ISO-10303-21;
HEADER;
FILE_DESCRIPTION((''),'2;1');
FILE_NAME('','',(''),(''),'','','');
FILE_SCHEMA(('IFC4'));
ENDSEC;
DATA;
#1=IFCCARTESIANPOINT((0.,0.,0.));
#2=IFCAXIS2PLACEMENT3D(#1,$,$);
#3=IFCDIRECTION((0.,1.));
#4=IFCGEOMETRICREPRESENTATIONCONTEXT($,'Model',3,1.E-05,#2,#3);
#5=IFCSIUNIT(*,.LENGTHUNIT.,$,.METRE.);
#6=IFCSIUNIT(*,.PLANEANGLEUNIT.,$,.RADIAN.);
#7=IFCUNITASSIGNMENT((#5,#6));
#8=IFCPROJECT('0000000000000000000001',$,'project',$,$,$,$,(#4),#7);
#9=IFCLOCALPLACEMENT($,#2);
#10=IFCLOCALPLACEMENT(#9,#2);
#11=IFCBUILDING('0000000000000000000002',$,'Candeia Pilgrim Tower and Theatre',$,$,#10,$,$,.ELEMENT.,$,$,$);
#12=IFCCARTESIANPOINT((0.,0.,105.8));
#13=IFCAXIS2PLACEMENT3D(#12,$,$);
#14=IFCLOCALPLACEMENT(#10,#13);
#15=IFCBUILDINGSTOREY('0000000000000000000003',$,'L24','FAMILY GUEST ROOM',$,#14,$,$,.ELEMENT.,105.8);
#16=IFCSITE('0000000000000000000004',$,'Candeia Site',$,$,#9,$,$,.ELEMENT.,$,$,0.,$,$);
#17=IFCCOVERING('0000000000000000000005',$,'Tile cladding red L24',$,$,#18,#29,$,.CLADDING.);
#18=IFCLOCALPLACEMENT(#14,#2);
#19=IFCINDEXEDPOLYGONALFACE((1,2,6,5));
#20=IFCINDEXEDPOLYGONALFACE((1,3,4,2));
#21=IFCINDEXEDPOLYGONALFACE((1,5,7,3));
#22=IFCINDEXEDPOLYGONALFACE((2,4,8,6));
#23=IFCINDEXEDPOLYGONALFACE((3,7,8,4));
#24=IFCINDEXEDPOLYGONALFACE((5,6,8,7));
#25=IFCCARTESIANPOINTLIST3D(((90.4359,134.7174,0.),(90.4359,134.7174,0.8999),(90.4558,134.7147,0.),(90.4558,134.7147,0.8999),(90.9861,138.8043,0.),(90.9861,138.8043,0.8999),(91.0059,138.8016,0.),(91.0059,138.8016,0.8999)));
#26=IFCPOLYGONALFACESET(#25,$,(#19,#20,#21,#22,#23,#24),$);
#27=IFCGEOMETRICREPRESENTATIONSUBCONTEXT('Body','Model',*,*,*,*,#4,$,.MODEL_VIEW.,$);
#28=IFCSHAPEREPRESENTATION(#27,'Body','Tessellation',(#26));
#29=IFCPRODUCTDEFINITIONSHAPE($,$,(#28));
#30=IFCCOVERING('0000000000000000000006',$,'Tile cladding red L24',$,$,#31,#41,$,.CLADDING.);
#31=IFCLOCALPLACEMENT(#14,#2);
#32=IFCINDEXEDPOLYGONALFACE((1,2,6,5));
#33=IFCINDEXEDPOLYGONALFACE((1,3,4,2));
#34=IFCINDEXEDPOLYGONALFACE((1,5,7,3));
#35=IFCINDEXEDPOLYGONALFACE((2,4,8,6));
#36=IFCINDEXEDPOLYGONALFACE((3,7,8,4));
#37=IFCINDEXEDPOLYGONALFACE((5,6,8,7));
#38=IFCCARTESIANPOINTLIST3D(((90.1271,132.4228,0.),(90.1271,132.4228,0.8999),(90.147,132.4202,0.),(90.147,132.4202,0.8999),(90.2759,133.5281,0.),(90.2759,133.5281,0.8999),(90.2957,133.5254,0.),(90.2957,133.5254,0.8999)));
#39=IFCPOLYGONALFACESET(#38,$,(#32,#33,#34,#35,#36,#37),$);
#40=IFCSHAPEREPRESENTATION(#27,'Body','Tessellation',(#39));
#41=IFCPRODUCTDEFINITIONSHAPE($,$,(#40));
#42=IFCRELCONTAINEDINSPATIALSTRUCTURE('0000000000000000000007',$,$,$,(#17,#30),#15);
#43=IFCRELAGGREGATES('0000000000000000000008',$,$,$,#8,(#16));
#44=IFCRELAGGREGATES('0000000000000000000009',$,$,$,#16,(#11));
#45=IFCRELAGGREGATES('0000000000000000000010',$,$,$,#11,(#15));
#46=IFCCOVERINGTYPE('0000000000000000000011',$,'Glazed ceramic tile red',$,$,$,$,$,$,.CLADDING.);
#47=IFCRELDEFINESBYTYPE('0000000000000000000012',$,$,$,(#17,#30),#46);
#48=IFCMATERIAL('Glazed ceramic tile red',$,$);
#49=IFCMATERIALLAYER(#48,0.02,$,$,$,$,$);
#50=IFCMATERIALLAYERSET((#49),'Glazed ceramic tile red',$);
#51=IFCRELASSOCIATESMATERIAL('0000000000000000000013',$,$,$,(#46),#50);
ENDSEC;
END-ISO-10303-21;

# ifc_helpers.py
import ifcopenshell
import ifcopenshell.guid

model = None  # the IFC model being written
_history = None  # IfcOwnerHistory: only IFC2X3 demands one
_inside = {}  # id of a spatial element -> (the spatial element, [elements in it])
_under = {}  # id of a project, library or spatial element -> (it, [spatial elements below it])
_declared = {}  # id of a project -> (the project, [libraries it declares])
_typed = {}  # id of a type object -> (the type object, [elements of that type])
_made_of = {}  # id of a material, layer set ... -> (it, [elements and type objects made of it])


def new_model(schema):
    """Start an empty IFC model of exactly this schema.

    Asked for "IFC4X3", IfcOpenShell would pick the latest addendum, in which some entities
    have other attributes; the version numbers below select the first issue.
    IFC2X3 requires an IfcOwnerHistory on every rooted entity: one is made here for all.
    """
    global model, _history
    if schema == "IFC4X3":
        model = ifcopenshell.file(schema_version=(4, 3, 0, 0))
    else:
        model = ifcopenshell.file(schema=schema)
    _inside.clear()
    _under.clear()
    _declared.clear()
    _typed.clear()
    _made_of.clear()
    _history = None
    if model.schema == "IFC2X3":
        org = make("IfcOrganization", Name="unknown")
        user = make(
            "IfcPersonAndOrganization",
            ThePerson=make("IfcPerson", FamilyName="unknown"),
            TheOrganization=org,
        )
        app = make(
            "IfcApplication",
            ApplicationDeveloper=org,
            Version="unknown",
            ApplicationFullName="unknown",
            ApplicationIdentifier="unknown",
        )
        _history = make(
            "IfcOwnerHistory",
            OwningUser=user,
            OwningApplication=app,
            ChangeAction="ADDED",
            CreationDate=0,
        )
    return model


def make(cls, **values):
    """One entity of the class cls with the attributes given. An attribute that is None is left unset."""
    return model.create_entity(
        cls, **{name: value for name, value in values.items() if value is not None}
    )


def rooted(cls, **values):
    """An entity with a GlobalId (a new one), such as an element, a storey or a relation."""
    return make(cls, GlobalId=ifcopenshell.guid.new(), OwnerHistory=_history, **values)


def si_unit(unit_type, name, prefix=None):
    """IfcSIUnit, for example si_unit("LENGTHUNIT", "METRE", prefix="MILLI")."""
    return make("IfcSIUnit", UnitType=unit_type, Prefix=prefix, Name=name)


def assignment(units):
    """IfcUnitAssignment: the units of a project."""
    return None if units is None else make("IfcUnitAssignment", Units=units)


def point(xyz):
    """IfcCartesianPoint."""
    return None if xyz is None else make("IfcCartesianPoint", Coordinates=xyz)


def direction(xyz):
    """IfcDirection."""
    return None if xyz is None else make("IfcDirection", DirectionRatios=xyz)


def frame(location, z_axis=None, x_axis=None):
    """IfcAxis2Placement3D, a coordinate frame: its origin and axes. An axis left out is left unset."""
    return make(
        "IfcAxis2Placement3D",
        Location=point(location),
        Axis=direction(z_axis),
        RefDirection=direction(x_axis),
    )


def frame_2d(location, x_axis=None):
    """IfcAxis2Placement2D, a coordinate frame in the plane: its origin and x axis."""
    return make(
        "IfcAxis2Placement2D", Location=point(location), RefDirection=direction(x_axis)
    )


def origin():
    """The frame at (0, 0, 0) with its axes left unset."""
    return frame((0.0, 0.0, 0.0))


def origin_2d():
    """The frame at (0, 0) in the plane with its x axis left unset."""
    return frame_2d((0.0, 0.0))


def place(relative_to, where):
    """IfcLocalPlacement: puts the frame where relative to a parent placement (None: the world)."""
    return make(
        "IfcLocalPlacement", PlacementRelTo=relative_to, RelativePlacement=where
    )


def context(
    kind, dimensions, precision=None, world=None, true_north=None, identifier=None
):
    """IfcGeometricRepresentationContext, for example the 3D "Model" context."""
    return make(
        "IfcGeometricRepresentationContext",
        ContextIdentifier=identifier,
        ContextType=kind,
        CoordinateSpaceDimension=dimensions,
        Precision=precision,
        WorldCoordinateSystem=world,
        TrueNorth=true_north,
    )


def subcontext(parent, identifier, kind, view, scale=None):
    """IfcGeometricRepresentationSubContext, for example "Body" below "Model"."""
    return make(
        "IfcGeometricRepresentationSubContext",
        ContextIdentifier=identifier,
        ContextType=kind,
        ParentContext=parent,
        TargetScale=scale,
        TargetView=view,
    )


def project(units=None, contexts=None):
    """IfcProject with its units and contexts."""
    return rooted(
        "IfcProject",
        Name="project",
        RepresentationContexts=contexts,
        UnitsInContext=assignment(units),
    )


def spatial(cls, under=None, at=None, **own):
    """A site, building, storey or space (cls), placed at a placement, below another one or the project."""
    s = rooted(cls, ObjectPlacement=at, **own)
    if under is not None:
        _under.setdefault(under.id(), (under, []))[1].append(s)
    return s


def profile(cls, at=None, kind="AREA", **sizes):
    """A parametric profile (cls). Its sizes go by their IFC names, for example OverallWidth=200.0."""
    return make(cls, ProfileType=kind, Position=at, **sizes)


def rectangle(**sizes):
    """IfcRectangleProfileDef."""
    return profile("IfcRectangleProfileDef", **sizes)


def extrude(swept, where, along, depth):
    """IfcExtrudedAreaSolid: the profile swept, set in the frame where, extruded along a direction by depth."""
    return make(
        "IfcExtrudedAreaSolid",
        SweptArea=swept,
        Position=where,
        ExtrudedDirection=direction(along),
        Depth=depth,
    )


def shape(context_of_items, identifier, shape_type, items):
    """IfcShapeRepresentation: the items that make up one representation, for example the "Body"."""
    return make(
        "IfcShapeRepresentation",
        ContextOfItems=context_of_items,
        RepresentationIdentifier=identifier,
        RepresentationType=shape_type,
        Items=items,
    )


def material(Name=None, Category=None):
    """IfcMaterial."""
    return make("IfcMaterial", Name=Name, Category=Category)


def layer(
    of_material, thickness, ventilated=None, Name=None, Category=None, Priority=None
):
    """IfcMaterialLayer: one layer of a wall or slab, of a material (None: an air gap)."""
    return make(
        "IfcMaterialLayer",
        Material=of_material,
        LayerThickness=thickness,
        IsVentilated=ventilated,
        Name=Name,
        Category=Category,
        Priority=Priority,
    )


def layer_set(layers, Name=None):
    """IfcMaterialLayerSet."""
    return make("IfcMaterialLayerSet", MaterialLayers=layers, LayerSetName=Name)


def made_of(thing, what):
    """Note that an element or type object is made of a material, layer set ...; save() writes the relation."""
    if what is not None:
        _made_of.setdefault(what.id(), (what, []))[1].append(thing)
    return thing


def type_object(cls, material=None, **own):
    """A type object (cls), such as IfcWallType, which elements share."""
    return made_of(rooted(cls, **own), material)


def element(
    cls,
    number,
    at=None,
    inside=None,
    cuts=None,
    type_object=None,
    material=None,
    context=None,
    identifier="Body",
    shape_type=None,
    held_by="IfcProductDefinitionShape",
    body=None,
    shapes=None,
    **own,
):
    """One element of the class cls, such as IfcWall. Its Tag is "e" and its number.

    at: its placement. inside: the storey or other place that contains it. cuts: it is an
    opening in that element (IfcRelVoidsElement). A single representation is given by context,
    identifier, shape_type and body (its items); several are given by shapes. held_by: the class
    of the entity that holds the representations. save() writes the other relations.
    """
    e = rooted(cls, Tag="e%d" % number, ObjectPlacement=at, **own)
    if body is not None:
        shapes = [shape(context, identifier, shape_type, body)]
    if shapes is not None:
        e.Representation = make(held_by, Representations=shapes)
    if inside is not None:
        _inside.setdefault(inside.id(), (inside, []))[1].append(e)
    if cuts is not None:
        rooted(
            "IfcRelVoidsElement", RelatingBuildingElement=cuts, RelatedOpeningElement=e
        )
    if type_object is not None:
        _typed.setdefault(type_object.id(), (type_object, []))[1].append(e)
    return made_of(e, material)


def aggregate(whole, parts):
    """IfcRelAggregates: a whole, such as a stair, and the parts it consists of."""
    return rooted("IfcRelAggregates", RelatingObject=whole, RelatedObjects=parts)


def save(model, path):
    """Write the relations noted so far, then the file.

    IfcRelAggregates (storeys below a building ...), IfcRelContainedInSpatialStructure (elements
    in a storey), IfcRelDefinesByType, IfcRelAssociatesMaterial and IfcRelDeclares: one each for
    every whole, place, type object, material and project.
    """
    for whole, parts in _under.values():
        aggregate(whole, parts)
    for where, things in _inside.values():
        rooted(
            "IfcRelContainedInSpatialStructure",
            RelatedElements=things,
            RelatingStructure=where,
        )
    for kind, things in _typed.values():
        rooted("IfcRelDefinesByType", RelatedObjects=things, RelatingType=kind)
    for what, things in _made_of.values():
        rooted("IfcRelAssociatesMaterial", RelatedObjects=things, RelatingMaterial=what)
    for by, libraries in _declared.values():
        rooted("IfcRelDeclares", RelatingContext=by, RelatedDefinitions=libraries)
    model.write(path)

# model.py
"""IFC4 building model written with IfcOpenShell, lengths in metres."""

from ifc_helpers import new_model, si_unit, direction, frame, origin, origin_2d, place, context, subcontext, project, spatial, rectangle, extrude, material, layer, layer_set, type_object, element, save


model = new_model("IFC4")

# Units and contexts
model_context = context("Model", 3, precision=1e-05, world=origin(), true_north=direction((0.0, 1.0)))
body_context = subcontext(model_context, "Body", "Model", "MODEL_VIEW")
ifc_project = project(units=[si_unit("LENGTHUNIT", "METRE"), si_unit("PLANEANGLEUNIT", "RADIAN")], contexts=[model_context])

# Site, building, storey
site_placement = place(None, origin())
site = spatial("IfcSite", under=ifc_project, at=site_placement, Name="Candeia Site", CompositionType="ELEMENT", RefElevation=0.0)
building_placement = place(site_placement, origin())
building = spatial("IfcBuilding", under=site, at=building_placement, Name="Candeia Pilgrim Tower and Theatre", CompositionType="ELEMENT")
storey_placement = place(building_placement, frame((0.0, 0.0, 105.8)))
storey = spatial("IfcBuildingStorey", under=building, at=storey_placement, Name="L24", Description="FAMILY GUEST ROOM", CompositionType="ELEMENT", Elevation=105.8)

# Coverings
ifc_material_1 = material(Name="Glazed ceramic tile red")
ifc_layer_1 = layer(ifc_material_1, 0.02)
ifc_layer_set_1 = layer_set([ifc_layer_1], Name="Glazed ceramic tile red")
covering_type = type_object("IfcCoveringType", Name="Glazed ceramic tile red", PredefinedType="CLADDING", material=ifc_layer_set_1)
covering_1_placement = place(storey_placement, frame((90.7209, 136.7595, 0.0), z_axis=(0.0, 0.0, 1.0), x_axis=(-0.133412, -0.991061, 0.0)))
element("IfcCovering", 1, at=covering_1_placement, inside=storey, type_object=covering_type, Name="Tile cladding red L24", PredefinedType="CLADDING", context=body_context, shape_type="SweptSolid", body=[
    extrude(rectangle(XDim=4.1238, YDim=0.02, at=origin_2d()), origin(), (0.0, 0.0, 1.0), 0.8999),
])
covering_2_placement = place(storey_placement, frame((90.2114, 132.9741, 0.0), z_axis=(0.0, 0.0, 1.0), x_axis=(-0.133412, -0.991061, 0.0)))
element("IfcCovering", 2, at=covering_2_placement, inside=storey, type_object=covering_type, Name="Tile cladding red L24", PredefinedType="CLADDING", context=body_context, shape_type="SweptSolid", body=[
    extrude(rectangle(XDim=1.1152, YDim=0.02, at=origin_2d()), origin(), (0.0, 0.0, 1.0), 0.8999),
])

save(model, "model.ifc")
